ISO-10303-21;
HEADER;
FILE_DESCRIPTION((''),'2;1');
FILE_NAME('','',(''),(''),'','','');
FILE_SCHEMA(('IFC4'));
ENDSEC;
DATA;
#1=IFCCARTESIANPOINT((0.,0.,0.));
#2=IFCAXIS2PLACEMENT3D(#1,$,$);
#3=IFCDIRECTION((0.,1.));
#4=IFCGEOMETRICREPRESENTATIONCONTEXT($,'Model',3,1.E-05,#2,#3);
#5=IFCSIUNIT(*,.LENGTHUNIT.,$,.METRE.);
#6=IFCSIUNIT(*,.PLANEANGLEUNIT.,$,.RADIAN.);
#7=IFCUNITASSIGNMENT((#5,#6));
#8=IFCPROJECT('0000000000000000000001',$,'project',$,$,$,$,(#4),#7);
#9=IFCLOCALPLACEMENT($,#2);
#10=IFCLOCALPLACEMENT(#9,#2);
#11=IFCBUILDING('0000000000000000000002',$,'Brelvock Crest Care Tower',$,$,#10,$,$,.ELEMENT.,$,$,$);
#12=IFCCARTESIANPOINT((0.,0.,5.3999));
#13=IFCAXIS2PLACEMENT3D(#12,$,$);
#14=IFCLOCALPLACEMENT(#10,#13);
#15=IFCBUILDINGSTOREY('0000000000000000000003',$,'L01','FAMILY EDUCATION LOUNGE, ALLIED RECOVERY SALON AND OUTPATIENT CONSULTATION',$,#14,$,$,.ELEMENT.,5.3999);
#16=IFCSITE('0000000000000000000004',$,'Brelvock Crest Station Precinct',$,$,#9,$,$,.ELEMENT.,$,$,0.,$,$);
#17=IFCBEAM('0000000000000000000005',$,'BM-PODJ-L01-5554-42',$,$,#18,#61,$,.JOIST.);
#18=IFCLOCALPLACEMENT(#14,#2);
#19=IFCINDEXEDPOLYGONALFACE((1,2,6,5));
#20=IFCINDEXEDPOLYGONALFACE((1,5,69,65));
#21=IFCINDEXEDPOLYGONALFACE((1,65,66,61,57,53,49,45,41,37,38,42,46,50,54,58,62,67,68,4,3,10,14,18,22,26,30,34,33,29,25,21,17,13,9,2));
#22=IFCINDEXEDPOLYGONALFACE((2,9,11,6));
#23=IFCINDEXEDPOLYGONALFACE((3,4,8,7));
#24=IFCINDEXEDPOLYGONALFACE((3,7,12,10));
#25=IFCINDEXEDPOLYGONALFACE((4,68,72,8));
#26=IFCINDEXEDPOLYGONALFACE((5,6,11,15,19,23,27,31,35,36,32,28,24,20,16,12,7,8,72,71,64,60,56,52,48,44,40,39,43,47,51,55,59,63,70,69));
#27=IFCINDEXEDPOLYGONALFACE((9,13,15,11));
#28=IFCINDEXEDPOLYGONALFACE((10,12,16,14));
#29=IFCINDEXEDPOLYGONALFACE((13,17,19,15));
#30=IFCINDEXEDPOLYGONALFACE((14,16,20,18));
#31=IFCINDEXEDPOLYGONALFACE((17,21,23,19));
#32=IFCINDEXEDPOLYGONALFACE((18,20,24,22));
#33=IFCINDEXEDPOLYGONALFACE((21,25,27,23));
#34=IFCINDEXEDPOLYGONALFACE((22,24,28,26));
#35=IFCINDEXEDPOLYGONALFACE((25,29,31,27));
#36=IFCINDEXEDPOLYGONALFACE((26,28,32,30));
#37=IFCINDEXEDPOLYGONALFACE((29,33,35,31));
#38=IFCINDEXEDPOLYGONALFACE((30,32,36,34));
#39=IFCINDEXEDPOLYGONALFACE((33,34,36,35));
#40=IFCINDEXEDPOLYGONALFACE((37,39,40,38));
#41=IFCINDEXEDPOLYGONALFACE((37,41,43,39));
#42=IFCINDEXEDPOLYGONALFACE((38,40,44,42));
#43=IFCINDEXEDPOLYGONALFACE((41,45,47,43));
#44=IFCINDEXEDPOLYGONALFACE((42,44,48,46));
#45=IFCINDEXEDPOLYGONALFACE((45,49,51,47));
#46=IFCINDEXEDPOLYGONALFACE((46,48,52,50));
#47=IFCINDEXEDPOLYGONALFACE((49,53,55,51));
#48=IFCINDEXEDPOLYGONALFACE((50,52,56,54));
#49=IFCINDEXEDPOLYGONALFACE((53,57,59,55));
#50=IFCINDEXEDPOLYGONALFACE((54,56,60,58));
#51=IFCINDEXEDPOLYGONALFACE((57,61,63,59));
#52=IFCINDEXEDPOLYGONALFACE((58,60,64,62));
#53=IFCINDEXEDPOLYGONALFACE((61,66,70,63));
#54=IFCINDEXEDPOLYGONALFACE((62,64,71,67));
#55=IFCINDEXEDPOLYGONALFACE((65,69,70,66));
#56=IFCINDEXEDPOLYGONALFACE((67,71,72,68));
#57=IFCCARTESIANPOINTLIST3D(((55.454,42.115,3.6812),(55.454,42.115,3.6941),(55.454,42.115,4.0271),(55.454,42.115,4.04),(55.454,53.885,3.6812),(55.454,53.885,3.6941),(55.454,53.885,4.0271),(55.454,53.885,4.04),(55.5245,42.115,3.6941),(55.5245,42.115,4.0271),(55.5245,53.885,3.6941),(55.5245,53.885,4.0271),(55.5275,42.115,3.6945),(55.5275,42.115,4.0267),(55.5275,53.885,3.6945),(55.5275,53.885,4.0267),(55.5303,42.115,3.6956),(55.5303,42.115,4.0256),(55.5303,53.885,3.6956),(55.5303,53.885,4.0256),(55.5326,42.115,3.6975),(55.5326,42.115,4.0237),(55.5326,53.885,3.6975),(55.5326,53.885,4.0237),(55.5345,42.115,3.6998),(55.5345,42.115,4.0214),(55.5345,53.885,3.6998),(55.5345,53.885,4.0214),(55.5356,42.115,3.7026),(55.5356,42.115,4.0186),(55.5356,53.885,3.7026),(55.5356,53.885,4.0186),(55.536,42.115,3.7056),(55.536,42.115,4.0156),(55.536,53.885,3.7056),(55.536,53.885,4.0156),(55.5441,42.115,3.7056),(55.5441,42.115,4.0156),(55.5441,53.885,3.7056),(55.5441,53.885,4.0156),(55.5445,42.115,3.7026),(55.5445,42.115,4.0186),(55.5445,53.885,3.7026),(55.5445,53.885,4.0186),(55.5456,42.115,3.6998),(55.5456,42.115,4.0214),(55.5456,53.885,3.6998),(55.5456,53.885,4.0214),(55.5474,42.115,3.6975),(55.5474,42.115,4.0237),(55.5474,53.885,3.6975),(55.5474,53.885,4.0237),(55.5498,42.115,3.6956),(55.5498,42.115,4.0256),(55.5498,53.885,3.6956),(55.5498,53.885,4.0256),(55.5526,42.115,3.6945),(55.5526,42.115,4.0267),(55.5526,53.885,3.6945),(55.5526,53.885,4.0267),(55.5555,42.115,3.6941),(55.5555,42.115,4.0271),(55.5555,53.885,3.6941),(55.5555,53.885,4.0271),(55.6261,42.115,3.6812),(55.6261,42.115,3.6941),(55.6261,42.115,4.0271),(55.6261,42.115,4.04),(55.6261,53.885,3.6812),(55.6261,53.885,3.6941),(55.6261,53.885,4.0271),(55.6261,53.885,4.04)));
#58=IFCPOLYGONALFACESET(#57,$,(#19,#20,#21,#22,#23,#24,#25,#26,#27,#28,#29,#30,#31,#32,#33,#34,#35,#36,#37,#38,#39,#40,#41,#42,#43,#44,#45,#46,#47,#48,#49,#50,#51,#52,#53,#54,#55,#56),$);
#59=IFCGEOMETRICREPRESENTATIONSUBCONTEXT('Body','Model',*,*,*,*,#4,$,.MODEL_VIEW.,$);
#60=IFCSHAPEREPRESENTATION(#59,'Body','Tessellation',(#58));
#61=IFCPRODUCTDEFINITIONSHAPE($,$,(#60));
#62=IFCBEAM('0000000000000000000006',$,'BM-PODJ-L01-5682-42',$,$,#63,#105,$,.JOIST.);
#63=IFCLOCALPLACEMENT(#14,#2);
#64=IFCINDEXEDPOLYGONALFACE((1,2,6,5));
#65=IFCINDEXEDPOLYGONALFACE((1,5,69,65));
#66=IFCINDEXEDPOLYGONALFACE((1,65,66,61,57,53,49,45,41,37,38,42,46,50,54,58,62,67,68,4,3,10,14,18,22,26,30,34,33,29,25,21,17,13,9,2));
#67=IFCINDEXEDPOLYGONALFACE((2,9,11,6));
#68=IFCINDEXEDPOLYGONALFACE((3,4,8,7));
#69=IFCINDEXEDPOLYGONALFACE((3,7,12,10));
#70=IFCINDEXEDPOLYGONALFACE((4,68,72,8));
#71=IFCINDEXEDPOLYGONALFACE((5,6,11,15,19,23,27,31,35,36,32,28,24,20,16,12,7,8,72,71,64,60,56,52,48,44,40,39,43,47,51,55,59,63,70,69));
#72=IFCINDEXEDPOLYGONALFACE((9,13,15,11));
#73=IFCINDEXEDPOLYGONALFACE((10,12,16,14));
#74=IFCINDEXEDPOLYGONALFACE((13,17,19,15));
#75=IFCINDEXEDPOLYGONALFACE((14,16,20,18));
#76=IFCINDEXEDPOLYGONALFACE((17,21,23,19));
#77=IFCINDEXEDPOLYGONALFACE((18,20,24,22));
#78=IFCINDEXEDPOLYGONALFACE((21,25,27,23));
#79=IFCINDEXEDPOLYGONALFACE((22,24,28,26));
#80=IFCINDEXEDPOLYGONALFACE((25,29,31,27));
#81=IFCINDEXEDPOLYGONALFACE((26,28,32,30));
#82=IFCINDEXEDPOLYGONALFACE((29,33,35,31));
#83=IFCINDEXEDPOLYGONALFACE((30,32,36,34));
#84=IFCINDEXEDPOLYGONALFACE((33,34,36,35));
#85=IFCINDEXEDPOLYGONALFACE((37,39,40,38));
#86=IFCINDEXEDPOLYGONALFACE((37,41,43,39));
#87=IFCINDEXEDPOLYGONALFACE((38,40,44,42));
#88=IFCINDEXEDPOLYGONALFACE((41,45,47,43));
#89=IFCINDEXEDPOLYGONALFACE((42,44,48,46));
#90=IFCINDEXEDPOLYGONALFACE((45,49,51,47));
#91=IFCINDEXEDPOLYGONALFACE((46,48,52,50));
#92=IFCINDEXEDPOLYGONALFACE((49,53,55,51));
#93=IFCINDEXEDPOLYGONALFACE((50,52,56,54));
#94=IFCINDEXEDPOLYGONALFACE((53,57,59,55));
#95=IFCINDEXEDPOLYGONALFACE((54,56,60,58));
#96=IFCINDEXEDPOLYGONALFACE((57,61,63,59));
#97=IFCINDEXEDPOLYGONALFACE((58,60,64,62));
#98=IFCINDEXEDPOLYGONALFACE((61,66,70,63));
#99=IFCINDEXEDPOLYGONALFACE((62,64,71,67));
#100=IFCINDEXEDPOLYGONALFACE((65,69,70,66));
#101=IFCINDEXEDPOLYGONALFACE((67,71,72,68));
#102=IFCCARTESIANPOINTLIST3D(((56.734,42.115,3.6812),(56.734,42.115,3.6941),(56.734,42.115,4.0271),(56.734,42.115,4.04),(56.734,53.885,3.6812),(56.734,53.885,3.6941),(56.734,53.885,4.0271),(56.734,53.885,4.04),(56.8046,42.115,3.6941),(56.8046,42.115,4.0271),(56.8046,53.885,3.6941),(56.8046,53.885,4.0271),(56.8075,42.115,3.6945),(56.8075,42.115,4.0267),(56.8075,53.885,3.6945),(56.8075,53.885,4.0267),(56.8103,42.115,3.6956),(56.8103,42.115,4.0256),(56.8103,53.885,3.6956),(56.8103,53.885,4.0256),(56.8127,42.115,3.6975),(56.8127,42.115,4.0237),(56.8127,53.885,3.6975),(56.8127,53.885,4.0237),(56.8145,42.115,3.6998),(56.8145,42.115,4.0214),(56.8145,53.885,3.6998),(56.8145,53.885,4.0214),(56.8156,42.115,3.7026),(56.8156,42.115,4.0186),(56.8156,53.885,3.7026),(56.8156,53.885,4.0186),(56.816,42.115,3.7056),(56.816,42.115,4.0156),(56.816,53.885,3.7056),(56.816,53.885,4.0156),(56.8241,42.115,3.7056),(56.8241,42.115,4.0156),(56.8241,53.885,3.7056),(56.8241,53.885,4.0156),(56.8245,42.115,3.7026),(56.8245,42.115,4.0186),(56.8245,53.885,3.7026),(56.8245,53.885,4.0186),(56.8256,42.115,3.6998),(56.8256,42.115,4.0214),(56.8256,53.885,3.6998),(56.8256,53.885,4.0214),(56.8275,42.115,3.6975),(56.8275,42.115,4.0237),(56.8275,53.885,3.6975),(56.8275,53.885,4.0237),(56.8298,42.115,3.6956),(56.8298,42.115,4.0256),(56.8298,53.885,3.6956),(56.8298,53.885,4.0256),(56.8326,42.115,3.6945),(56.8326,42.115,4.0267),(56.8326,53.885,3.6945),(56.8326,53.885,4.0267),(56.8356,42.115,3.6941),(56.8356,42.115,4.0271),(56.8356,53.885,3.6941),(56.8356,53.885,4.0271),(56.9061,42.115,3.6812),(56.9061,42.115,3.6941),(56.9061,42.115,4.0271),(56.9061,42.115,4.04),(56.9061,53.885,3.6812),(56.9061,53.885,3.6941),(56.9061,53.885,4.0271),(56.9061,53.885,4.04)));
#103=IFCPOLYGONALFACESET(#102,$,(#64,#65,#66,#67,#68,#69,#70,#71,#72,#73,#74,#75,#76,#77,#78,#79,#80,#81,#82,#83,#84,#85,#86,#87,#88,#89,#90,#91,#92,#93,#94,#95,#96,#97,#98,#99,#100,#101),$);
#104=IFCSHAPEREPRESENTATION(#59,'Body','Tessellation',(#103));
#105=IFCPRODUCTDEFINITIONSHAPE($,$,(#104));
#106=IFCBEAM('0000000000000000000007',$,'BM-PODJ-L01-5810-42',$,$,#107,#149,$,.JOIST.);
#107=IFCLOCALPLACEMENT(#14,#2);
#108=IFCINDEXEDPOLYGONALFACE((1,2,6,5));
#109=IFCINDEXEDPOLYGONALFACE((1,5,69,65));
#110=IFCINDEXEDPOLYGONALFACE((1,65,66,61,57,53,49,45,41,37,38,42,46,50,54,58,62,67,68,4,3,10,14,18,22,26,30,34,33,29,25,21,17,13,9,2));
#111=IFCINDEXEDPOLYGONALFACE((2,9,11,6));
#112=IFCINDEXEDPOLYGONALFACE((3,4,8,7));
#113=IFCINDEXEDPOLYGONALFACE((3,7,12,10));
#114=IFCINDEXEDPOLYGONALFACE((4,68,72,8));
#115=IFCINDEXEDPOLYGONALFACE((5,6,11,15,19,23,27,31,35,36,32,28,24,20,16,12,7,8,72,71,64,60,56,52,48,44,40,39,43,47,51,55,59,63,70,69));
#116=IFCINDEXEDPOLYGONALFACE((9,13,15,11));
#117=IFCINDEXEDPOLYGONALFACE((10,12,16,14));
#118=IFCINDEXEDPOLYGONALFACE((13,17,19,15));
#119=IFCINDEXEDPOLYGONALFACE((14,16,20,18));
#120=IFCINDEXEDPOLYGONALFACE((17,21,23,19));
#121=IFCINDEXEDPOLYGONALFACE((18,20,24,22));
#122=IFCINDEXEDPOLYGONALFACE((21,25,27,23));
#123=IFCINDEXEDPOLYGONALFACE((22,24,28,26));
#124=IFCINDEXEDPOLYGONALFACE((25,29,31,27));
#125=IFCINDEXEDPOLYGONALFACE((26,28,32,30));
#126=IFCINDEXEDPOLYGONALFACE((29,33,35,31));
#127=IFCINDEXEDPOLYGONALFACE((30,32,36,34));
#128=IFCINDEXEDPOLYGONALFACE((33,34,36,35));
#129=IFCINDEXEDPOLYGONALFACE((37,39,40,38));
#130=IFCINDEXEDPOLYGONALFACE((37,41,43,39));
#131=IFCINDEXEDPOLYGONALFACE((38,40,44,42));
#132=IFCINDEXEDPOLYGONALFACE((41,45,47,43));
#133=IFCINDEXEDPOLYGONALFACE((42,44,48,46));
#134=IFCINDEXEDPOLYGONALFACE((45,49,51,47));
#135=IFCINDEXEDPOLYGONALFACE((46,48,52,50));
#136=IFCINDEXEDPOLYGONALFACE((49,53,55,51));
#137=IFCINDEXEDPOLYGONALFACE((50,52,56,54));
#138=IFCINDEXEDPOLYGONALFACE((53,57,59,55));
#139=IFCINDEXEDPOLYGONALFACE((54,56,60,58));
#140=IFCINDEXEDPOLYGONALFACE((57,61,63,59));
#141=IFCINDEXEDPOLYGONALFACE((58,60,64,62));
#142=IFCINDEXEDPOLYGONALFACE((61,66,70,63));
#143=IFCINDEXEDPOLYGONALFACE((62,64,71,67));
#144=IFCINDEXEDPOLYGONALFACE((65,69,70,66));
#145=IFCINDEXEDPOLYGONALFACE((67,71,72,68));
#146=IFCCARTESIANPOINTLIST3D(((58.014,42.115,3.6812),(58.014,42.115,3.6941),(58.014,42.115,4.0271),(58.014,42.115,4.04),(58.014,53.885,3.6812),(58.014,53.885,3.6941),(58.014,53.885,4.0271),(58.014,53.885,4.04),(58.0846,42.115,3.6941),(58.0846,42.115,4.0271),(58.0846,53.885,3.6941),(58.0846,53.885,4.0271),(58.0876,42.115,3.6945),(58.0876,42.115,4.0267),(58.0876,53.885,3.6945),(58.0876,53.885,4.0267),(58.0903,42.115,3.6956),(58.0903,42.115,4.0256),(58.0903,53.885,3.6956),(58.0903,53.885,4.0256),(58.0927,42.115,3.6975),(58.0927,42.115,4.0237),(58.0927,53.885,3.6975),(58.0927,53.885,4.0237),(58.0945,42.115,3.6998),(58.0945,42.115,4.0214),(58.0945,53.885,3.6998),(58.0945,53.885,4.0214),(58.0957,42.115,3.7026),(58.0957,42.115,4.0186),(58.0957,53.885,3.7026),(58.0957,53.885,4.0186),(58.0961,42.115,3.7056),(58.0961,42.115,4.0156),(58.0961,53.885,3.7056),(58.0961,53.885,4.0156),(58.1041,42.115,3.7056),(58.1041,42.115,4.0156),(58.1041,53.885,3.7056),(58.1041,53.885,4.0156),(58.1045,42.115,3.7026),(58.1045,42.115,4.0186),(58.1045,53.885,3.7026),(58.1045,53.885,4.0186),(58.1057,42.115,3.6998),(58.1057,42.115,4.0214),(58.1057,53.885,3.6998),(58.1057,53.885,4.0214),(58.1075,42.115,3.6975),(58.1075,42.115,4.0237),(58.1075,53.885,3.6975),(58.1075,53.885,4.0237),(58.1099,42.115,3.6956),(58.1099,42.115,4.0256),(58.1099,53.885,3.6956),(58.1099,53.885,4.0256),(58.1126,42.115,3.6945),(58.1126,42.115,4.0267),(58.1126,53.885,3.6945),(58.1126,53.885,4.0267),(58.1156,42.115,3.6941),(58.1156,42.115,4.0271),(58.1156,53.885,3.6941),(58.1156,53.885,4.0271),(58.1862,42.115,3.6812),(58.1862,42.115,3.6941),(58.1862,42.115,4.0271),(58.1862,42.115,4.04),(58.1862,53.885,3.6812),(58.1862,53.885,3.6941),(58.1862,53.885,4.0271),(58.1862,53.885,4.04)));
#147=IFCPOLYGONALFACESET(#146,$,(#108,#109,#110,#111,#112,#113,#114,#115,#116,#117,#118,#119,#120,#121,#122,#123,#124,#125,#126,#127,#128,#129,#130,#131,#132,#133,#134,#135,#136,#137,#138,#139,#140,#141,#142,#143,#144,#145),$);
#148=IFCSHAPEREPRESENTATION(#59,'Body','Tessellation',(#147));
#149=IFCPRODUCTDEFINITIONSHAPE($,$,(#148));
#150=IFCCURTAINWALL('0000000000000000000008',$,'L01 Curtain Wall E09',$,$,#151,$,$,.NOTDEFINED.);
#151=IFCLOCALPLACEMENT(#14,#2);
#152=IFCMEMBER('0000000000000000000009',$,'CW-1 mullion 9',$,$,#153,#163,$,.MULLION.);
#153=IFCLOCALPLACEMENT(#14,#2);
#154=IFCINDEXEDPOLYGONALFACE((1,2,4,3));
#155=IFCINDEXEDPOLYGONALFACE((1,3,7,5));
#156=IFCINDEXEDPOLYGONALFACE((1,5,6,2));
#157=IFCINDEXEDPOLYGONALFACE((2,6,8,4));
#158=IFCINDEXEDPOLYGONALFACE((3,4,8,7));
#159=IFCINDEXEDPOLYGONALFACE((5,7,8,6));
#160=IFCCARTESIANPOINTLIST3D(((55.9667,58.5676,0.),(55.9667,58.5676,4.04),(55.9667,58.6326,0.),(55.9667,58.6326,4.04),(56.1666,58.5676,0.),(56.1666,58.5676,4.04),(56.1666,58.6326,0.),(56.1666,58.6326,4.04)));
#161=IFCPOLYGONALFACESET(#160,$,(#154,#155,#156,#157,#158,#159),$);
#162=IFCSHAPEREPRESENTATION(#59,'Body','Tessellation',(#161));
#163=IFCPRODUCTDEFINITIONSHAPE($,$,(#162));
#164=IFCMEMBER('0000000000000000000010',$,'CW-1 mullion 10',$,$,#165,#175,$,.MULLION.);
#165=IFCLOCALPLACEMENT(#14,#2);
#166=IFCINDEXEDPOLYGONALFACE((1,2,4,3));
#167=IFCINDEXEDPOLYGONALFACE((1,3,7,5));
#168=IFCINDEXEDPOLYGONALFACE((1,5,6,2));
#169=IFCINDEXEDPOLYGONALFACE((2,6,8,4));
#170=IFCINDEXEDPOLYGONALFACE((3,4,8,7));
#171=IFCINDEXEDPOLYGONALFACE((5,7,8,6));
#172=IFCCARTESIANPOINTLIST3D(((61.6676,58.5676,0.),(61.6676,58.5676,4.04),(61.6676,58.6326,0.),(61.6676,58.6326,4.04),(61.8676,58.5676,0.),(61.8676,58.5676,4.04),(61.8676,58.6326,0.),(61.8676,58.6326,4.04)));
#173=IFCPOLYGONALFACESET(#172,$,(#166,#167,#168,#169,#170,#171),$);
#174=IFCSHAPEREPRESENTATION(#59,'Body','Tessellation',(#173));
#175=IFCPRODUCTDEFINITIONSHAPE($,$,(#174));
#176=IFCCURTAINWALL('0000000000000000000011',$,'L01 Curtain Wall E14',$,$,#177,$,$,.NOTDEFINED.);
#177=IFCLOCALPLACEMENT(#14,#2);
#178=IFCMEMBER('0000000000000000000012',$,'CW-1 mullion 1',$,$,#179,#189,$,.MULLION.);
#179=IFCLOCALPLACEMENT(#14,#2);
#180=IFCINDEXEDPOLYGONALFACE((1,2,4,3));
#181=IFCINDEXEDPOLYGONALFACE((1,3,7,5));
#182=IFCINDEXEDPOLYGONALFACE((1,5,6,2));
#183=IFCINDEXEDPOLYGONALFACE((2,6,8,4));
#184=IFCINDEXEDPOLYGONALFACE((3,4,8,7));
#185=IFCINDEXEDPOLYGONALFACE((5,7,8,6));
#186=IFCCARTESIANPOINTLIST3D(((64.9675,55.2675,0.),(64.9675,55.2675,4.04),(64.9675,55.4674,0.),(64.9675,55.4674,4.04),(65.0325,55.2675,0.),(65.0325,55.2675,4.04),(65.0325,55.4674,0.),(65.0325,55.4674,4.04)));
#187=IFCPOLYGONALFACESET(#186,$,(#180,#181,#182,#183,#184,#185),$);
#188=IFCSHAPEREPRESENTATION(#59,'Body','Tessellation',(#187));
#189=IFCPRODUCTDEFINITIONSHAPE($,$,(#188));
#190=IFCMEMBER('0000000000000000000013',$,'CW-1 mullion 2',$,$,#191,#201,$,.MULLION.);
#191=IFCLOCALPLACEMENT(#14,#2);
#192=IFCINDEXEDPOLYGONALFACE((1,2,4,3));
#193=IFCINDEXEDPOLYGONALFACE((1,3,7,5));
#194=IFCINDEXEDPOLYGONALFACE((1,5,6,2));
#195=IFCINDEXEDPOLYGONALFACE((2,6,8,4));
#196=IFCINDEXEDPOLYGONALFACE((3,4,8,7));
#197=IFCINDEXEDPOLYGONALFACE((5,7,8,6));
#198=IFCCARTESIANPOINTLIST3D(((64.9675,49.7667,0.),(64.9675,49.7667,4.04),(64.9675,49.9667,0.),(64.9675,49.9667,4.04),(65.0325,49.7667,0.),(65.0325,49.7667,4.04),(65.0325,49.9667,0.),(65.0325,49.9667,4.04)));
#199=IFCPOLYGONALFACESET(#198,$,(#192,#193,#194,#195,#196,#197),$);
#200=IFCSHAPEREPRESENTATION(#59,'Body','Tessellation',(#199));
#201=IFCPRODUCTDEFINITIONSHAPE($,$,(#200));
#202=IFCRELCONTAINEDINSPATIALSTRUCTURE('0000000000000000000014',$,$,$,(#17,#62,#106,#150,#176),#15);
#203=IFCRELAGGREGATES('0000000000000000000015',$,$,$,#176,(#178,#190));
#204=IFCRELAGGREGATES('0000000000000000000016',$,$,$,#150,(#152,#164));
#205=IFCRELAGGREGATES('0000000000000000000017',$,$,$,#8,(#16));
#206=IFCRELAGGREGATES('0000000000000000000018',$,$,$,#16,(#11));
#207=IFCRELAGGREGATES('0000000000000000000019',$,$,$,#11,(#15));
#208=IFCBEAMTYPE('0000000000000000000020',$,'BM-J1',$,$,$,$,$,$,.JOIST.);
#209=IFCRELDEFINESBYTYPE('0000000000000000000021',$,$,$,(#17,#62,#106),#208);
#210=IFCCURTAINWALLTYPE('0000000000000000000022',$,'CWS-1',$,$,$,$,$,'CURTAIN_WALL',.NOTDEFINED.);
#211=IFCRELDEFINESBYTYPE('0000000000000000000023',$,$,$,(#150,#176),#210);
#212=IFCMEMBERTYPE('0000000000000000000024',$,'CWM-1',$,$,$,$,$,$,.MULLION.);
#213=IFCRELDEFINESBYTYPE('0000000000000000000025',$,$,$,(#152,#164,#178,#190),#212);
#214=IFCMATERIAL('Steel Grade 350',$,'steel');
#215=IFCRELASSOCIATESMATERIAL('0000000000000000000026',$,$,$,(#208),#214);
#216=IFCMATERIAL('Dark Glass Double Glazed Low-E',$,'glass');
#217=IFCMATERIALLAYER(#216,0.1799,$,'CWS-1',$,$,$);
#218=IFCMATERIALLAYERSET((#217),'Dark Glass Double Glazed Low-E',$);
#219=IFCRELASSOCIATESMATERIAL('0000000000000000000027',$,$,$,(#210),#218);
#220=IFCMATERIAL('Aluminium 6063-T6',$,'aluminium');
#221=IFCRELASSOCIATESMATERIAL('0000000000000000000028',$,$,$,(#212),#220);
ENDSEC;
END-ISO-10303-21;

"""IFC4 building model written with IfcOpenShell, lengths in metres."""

from ifc_helpers import new_model, si_unit, direction, frame, origin, origin_2d, place, context, subcontext, project, spatial, rectangle, i_section, extrude, source, transform, mapped, material, layer, layer_set, material_profile, profile_set, type_object, element, aggregate, save


model = new_model("IFC4")

# Units and contexts
model_context = context("Model", 3, precision=1e-05, world=origin(), true_north=direction((0.0, 1.0)))
body_context = subcontext(model_context, "Body", "Model", "MODEL_VIEW")
ifc_project = project(units=[si_unit("LENGTHUNIT", "METRE"), si_unit("PLANEANGLEUNIT", "RADIAN")], contexts=[model_context])

# Site, building, storey
site_placement = place(None, origin())
site = spatial("IfcSite", under=ifc_project, at=site_placement, Name="Brelvock Crest Station Precinct", CompositionType="ELEMENT", RefElevation=0.0)
building_placement = place(site_placement, origin())
building = spatial("IfcBuilding", under=site, at=building_placement, Name="Brelvock Crest Care Tower", CompositionType="ELEMENT")
storey_placement = place(building_placement, frame((0.0, 0.0, 5.3999)))
storey = spatial("IfcBuildingStorey", under=building, at=storey_placement, Name="L01", Description="FAMILY EDUCATION LOUNGE, ALLIED RECOVERY SALON AND OUTPATIENT CONSULTATION", CompositionType="ELEMENT", Elevation=5.3999)

# Shared definitions
ifc_material_1 = material(Name="Steel Grade 350", Category="steel")

# Beams
ifc_material_profile_1 = material_profile(ifc_material_1, i_section(OverallWidth=0.1721, OverallDepth=0.3589, WebThickness=0.0081, FlangeThickness=0.0129, FilletRadius=0.0115, at=origin_2d()), Name="360UB56.7")
ifc_profile_set_1 = profile_set([ifc_material_profile_1], Name="Steel Grade 350")
beam_type = type_object("IfcBeamType", Name="BM-J1", PredefinedType="JOIST", material=ifc_profile_set_1)
shared_shape_1 = source(origin(), body_context, "Body", "SweptSolid", [
    extrude(i_section(OverallWidth=0.1721, OverallDepth=0.3589, WebThickness=0.0081, FlangeThickness=0.0129, FilletRadius=0.0115, at=origin_2d()), origin(), (0.0, 0.0, 1.0), 11.77),
])
for number, where, z_axis, x_axis, name in (
    (1, (55.54, 42.115, 3.8606), (0.0, 1.0, 0.0), (-1.0, 0.0, 0.0), "BM-PODJ-L01-5554-42"),
    (2, (56.8201, 42.115, 3.8606), (0.0, 1.0, 0.0), (-1.0, 0.0, 0.0), "BM-PODJ-L01-5682-42"),
    (3, (58.1001, 42.115, 3.8606), (0.0, 1.0, 0.0), (-1.0, 0.0, 0.0), "BM-PODJ-L01-5810-42"),
):
    element("IfcBeam", number, at=place(storey_placement, frame(where, z_axis=z_axis, x_axis=x_axis)), inside=storey, type_object=beam_type, Name=name, PredefinedType="JOIST", context=body_context, shape_type="MappedRepresentation", body=[
        mapped(shared_shape_1, transform((0.0, 0.0, 0.0), x_axis=(1.0, 0.0, 0.0), y_axis=(0.0, 1.0, 0.0), z_axis=(0.0, 0.0, 1.0), scale=1.0)),
    ])

# Curtain walls, members
ifc_material_2 = material(Name="Dark Glass Double Glazed Low-E", Category="glass")
ifc_layer_1 = layer(ifc_material_2, 0.1799, Name="CWS-1")
ifc_layer_set_1 = layer_set([ifc_layer_1], Name="Dark Glass Double Glazed Low-E")
curtain_wall_type = type_object("IfcCurtainWallType", Name="CWS-1", ElementType="CURTAIN_WALL", PredefinedType="NOTDEFINED", material=ifc_layer_set_1)
curtain_wall_1_placement = place(storey_placement, origin())
curtain_wall_1 = element("IfcCurtainWall", 4, at=curtain_wall_1_placement, inside=storey, type_object=curtain_wall_type, Name="L01 Curtain Wall E09", PredefinedType="NOTDEFINED")
ifc_material_3 = material(Name="Aluminium 6063-T6", Category="aluminium")
ifc_material_profile_2 = material_profile(ifc_material_3, rectangle(XDim=0.0649, YDim=0.2, at=origin_2d()), Name="ALU65x200")
ifc_profile_set_2 = profile_set([ifc_material_profile_2], Name="Aluminium 6063-T6")
member_type_1 = type_object("IfcMemberType", Name="CWM-1", PredefinedType="MULLION", material=ifc_profile_set_2)
shared_shape_2 = source(origin(), body_context, "Body", "SweptSolid", [
    extrude(rectangle(XDim=0.0649, YDim=0.2, at=origin_2d()), origin(), (0.0, 0.0, 1.0), 4.04),
])
member_1_placement = place(storey_placement, frame((56.0667, 58.6001, 0.0), z_axis=(0.0, 0.0, 1.0), x_axis=(0.0, 1.0, 0.0)))
member_1 = element("IfcMember", 5, at=member_1_placement, type_object=member_type_1, Name="CW-1 mullion 9", PredefinedType="MULLION", context=body_context, shape_type="MappedRepresentation", body=[
    mapped(shared_shape_2, transform((0.0, 0.0, 0.0), x_axis=(1.0, 0.0, 0.0), y_axis=(0.0, 1.0, 0.0), z_axis=(0.0, 0.0, 1.0), scale=1.0)),
])
member_2_placement = place(storey_placement, frame((61.7676, 58.6001, 0.0), z_axis=(0.0, 0.0, 1.0), x_axis=(0.0, 1.0, 0.0)))
member_2 = element("IfcMember", 6, at=member_2_placement, type_object=member_type_1, Name="CW-1 mullion 10", PredefinedType="MULLION", context=body_context, shape_type="MappedRepresentation", body=[
    mapped(shared_shape_2, transform((0.0, 0.0, 0.0), x_axis=(1.0, 0.0, 0.0), y_axis=(0.0, 1.0, 0.0), z_axis=(0.0, 0.0, 1.0), scale=1.0)),
])
curtain_wall_2_placement = place(storey_placement, origin())
curtain_wall_2 = element("IfcCurtainWall", 7, at=curtain_wall_2_placement, inside=storey, type_object=curtain_wall_type, Name="L01 Curtain Wall E14", PredefinedType="NOTDEFINED")
member_3_placement = place(storey_placement, frame((65.0, 55.3674, 0.0), z_axis=(0.0, 0.0, 1.0), x_axis=(1.0, 0.0, 0.0)))
member_3 = element("IfcMember", 8, at=member_3_placement, type_object=member_type_1, Name="CW-1 mullion 1", PredefinedType="MULLION", context=body_context, shape_type="MappedRepresentation", body=[
    mapped(shared_shape_2, transform((0.0, 0.0, 0.0), x_axis=(1.0, 0.0, 0.0), y_axis=(0.0, 1.0, 0.0), z_axis=(0.0, 0.0, 1.0), scale=1.0)),
])
member_4_placement = place(storey_placement, frame((65.0, 49.8667, 0.0), z_axis=(0.0, 0.0, 1.0), x_axis=(1.0, 0.0, 0.0)))
member_4 = element("IfcMember", 9, at=member_4_placement, type_object=member_type_1, Name="CW-1 mullion 2", PredefinedType="MULLION", context=body_context, shape_type="MappedRepresentation", body=[
    mapped(shared_shape_2, transform((0.0, 0.0, 0.0), x_axis=(1.0, 0.0, 0.0), y_axis=(0.0, 1.0, 0.0), z_axis=(0.0, 0.0, 1.0), scale=1.0)),
])

aggregate(curtain_wall_2, [member_3, member_4])
aggregate(curtain_wall_1, [member_1, member_2])

save(model, "model.ifc")
